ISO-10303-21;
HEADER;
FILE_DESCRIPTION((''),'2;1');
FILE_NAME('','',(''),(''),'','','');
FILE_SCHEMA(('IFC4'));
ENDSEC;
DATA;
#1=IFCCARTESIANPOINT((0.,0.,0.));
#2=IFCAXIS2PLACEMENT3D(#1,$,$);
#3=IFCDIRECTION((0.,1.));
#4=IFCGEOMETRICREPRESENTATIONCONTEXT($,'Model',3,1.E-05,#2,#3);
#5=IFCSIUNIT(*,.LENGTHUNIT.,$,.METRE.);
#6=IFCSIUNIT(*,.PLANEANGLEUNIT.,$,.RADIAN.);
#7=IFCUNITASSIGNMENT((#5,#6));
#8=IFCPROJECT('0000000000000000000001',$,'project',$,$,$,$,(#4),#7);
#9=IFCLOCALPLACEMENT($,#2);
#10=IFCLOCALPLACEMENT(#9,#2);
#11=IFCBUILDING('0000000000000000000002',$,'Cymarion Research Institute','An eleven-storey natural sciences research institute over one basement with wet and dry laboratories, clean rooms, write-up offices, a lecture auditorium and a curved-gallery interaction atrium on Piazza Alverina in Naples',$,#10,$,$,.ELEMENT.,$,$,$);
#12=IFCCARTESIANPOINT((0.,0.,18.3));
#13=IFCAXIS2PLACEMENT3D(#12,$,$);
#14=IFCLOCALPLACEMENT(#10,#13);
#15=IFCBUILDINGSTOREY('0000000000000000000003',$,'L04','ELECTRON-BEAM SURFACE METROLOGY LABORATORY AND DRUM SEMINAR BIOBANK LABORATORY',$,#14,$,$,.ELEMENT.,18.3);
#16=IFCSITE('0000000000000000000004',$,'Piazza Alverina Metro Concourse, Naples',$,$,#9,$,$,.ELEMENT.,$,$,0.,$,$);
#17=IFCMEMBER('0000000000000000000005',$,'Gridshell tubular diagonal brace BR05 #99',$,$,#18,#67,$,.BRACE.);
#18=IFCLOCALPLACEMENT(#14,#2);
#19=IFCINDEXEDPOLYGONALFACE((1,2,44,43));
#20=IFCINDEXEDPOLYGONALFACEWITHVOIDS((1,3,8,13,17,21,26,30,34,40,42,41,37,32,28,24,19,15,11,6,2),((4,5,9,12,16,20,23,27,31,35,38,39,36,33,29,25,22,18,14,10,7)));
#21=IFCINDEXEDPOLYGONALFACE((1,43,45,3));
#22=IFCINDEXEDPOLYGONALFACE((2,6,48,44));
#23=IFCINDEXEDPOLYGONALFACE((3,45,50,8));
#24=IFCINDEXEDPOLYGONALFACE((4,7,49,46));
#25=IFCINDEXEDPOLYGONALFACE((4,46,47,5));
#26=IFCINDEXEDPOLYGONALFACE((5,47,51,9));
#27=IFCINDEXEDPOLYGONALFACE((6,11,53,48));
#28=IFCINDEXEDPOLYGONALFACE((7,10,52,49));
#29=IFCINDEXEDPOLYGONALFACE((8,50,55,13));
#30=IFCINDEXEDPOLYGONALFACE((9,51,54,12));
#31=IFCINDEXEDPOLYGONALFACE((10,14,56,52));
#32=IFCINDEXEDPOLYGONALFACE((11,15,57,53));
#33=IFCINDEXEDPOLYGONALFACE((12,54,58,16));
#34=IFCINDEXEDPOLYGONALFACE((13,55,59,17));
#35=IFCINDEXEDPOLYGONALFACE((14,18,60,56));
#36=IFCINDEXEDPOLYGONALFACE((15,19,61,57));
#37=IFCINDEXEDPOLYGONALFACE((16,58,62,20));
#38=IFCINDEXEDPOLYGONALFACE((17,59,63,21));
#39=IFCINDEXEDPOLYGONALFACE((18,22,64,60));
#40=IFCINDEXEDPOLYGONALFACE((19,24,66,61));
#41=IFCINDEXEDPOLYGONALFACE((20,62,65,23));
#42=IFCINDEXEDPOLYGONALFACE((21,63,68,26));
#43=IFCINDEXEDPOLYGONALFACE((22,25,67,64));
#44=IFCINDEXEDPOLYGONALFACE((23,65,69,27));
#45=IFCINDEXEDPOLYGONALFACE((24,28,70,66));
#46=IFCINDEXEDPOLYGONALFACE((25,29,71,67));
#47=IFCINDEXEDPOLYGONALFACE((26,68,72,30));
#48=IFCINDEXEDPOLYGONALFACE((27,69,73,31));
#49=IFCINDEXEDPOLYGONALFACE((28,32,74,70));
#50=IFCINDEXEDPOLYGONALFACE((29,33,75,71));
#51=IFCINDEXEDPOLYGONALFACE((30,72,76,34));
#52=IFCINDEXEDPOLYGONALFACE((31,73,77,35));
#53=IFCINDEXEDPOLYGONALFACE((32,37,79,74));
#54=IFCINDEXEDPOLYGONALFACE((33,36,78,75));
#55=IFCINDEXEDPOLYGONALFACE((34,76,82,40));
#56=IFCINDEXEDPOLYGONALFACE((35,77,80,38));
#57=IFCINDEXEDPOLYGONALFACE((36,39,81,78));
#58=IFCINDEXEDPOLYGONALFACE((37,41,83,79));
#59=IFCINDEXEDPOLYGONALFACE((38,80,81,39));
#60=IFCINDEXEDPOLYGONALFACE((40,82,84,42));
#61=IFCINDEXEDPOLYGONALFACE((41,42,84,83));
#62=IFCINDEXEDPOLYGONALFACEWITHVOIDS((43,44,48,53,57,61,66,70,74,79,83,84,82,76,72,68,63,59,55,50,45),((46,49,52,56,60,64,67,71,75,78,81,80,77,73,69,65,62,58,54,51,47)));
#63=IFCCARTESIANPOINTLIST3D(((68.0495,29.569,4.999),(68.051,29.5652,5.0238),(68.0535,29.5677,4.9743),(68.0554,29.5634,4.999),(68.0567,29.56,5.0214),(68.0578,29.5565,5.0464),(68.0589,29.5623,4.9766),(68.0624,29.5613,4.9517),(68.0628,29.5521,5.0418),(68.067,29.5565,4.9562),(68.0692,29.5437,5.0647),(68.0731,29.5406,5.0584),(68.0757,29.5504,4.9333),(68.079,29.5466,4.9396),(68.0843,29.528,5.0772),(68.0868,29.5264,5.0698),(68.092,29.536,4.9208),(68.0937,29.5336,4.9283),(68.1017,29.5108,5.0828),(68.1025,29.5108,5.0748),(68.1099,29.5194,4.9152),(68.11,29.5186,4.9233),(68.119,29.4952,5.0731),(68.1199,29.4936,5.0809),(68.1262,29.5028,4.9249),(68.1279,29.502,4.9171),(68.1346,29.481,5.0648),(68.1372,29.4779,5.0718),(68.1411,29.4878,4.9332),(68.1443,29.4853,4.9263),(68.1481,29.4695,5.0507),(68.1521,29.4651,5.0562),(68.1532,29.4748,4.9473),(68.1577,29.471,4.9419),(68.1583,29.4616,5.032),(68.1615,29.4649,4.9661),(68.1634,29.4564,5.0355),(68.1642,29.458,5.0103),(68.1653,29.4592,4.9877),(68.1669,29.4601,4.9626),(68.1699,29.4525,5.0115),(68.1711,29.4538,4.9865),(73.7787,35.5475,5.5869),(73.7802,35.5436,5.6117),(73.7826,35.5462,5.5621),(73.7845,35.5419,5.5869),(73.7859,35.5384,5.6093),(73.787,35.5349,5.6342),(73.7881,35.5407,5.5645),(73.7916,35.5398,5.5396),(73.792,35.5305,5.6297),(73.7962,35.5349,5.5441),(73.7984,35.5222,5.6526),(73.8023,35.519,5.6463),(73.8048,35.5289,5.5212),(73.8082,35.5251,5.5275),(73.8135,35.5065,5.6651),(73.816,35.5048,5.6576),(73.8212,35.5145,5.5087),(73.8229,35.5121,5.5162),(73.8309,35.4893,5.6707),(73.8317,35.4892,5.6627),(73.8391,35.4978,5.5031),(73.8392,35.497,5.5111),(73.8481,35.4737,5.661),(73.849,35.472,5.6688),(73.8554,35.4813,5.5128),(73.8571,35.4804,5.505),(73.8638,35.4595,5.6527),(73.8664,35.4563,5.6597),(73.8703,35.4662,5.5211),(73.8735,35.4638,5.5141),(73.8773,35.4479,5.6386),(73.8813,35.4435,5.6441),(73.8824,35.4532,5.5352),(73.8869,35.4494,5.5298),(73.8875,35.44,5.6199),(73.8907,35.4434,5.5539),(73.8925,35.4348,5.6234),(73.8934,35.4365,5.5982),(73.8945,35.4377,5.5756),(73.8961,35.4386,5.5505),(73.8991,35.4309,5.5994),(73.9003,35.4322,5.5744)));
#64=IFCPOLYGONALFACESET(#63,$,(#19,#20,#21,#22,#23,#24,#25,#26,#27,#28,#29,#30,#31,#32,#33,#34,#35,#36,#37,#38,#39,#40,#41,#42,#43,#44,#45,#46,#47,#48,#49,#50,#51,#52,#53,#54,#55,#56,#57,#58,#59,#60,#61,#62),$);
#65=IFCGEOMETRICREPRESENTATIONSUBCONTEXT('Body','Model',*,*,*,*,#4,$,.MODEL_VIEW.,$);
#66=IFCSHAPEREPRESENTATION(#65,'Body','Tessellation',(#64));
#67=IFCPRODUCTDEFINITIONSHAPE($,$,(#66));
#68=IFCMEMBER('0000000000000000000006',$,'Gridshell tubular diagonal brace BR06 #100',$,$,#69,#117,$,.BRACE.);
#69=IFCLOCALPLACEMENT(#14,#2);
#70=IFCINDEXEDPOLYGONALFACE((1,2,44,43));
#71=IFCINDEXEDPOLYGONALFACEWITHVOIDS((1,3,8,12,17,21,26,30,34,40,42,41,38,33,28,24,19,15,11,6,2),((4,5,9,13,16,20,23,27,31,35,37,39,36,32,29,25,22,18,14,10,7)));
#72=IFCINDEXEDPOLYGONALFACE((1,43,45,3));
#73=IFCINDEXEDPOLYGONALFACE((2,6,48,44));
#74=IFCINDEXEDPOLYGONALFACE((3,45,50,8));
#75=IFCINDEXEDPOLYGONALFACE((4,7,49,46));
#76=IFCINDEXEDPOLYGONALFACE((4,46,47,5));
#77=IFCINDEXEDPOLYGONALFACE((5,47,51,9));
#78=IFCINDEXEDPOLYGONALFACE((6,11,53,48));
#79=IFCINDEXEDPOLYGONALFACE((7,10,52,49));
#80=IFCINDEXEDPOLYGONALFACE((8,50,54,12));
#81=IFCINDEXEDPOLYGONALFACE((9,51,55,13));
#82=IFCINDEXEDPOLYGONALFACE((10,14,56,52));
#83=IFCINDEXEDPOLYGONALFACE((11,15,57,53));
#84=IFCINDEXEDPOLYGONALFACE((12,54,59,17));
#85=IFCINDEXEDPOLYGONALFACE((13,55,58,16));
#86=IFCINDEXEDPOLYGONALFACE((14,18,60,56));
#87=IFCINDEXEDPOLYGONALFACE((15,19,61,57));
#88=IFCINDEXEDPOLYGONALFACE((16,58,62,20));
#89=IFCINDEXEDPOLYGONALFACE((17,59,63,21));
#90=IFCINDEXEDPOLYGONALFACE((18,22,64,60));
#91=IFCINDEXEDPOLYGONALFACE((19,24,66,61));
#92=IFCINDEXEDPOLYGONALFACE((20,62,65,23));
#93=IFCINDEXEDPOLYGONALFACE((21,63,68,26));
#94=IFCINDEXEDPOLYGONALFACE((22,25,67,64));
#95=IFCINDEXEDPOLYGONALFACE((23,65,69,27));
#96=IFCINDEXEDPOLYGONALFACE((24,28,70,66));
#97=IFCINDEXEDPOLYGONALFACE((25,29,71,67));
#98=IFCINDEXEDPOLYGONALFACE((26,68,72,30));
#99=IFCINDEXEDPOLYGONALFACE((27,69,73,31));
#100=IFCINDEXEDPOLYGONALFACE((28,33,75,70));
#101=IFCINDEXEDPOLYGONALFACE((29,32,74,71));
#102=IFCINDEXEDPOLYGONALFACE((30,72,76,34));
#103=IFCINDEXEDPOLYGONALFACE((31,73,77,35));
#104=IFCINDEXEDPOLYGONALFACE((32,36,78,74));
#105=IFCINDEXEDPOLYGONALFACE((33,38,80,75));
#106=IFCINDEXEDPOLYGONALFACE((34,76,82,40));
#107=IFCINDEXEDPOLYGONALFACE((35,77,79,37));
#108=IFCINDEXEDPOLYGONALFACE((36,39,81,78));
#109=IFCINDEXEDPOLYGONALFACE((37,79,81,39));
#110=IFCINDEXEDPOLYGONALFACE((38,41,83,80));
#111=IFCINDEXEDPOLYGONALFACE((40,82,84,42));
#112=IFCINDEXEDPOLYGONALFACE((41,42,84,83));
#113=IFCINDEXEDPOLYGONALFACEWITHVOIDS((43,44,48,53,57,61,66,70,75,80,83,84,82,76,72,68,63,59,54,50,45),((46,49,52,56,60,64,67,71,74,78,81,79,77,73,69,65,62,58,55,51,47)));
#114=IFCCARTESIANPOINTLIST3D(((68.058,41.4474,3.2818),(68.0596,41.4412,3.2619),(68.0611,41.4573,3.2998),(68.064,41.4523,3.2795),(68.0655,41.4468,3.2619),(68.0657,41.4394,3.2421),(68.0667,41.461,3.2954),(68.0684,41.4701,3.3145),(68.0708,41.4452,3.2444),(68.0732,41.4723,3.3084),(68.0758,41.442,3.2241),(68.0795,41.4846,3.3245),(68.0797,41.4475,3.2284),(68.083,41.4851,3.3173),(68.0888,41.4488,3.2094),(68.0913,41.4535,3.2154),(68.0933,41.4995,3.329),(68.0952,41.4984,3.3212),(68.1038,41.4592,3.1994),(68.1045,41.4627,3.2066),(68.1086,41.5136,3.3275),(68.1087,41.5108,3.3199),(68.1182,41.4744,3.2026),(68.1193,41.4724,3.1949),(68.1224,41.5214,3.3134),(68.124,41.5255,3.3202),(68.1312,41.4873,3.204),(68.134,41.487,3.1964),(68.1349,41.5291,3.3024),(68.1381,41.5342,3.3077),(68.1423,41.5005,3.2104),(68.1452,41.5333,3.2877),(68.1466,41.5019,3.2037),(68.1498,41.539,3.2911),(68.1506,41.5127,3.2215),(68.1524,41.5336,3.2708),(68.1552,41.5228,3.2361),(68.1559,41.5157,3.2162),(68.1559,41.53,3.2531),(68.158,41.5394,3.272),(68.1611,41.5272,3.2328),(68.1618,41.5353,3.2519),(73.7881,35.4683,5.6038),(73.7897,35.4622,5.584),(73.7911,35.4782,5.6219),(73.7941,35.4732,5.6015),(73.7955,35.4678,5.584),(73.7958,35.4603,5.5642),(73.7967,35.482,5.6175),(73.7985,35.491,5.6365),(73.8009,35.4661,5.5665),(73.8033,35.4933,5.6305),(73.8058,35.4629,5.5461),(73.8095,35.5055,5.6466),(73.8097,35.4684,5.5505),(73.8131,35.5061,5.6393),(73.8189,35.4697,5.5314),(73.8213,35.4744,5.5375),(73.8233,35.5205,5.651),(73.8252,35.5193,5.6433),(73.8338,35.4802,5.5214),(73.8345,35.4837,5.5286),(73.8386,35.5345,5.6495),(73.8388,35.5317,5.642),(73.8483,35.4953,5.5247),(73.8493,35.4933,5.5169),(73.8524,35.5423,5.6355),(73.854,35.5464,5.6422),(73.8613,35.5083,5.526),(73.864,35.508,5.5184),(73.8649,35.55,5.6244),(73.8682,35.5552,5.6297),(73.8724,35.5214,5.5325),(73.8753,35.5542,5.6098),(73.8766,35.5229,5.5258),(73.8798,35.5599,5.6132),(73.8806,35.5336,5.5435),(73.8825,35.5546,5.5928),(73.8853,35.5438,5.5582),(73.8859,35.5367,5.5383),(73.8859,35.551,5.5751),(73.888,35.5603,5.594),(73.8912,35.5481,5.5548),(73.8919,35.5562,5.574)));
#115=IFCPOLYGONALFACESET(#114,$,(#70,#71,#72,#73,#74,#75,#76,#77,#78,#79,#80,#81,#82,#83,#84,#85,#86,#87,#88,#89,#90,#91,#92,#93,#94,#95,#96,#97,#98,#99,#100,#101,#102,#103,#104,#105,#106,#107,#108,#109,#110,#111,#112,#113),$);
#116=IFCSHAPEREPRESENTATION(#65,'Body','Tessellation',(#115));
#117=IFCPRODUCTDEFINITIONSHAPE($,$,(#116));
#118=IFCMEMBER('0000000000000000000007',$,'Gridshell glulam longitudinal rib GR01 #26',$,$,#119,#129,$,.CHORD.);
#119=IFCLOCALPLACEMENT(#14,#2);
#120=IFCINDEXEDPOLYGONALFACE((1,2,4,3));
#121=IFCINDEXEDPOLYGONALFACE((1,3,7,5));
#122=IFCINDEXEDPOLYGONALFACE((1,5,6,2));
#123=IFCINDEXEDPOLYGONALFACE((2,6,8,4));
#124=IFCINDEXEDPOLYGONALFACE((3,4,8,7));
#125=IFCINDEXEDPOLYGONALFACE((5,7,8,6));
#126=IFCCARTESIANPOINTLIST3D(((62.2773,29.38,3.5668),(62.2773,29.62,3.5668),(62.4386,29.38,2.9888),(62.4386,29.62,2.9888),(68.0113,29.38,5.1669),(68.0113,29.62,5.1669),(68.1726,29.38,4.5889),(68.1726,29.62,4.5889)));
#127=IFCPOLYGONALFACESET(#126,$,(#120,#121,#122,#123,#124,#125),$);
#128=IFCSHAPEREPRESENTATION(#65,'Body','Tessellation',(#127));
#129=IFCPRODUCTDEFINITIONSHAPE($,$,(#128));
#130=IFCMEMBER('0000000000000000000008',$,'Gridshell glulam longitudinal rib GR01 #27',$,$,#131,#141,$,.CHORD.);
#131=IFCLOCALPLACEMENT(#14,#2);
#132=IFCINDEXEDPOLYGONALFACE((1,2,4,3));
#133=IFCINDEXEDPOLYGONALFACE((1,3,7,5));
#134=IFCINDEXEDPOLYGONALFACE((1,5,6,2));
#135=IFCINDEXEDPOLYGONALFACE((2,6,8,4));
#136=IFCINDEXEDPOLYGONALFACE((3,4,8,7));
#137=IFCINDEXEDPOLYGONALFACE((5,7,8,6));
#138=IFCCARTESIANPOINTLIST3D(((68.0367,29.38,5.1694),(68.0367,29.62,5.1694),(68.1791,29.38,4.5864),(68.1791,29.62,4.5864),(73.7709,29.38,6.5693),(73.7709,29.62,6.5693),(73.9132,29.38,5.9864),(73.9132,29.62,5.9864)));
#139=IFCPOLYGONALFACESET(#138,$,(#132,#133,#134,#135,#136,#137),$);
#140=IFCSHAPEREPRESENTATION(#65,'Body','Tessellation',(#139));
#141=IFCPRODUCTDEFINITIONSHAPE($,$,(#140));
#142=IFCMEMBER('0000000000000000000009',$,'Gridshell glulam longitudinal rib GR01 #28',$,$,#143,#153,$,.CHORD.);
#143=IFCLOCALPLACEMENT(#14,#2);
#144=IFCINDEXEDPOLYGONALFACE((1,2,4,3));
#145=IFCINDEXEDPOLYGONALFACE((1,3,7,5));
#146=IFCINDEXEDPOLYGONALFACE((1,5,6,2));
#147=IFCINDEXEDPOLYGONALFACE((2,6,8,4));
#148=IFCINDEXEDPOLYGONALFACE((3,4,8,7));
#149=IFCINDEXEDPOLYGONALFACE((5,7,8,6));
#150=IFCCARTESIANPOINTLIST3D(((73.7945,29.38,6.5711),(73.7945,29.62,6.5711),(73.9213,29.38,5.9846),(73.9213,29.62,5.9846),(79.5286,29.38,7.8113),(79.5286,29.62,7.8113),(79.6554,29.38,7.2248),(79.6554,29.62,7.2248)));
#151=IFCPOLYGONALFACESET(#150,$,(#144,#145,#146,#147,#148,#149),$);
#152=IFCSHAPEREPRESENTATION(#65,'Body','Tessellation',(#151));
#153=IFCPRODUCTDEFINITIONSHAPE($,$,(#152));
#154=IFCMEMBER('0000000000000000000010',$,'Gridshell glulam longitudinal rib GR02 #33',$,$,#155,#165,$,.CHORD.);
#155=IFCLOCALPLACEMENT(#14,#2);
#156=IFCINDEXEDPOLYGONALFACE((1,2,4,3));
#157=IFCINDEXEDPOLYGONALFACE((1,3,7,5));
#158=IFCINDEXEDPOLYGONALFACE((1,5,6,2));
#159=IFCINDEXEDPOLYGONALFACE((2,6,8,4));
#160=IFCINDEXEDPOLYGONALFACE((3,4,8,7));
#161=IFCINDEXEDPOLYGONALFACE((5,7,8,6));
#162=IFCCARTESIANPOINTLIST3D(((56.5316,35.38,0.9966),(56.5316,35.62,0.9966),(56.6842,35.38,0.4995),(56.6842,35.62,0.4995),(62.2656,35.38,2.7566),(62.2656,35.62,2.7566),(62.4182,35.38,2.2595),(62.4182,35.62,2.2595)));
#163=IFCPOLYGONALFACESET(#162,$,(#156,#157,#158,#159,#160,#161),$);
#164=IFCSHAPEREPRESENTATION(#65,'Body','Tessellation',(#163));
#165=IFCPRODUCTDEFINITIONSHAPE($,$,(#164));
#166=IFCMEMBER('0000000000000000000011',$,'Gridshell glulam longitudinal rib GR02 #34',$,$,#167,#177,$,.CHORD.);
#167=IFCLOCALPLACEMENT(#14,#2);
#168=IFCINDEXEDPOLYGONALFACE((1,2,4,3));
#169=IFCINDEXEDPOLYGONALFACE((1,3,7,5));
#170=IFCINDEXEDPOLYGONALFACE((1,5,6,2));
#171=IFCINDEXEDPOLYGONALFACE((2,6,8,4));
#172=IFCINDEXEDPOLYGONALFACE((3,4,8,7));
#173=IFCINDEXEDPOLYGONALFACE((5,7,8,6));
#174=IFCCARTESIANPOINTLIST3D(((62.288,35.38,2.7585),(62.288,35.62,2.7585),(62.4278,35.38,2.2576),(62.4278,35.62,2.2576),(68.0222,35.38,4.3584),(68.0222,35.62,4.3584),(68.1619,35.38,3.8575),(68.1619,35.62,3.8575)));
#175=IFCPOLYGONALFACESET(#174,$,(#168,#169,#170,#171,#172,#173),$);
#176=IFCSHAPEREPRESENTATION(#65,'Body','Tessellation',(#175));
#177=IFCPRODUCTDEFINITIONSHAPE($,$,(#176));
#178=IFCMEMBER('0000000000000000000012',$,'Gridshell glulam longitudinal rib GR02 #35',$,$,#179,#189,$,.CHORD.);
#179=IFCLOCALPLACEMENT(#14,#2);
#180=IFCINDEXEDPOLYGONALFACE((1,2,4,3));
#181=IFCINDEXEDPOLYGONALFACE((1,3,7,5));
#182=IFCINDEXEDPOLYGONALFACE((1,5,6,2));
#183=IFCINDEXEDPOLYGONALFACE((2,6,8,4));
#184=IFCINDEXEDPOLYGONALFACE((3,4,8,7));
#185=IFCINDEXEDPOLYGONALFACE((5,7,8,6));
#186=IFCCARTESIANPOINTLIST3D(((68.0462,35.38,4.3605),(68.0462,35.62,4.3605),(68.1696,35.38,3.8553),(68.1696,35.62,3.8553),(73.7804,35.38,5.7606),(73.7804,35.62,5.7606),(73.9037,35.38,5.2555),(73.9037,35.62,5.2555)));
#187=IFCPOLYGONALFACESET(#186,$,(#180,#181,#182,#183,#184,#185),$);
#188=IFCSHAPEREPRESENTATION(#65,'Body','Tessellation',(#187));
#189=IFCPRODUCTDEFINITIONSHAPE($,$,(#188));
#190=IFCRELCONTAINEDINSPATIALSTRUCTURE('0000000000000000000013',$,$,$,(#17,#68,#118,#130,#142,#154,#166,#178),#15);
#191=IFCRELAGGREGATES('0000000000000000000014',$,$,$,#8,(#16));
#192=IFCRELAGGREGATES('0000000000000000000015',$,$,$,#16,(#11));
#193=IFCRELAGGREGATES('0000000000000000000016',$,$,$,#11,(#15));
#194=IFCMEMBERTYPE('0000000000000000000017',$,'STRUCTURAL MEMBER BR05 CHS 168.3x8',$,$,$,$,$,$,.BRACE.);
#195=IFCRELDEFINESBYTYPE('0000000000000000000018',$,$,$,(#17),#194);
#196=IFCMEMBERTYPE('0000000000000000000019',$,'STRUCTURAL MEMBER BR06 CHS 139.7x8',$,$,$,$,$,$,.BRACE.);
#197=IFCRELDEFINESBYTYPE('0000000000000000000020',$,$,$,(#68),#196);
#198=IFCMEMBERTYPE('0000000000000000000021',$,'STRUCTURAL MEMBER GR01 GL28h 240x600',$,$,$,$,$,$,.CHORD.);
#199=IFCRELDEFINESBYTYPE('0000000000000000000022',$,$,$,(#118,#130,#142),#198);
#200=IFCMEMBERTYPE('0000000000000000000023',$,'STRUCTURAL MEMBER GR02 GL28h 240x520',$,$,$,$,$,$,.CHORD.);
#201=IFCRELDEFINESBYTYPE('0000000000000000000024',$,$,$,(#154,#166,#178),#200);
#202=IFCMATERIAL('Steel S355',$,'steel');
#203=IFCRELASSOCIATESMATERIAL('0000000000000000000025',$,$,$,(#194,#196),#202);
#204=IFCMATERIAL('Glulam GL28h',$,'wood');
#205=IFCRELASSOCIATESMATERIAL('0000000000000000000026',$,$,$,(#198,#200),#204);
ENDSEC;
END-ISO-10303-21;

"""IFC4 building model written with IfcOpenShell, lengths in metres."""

from ifc_helpers import new_model, si_unit, direction, frame, origin, origin_2d, place, context, subcontext, project, spatial, rectangle, hollow_circle, extrude, material, material_profile, profile_set, type_object, element, save


model = new_model("IFC4")

# Units and contexts
model_context = context("Model", 3, precision=1e-05, world=origin(), true_north=direction((0.0, 1.0)))
body_context = subcontext(model_context, "Body", "Model", "MODEL_VIEW")
ifc_project = project(units=[si_unit("LENGTHUNIT", "METRE"), si_unit("PLANEANGLEUNIT", "RADIAN")], contexts=[model_context])

# Site, building, storey
site_placement = place(None, origin())
site = spatial("IfcSite", under=ifc_project, at=site_placement, Name="Piazza Alverina Metro Concourse, Naples", CompositionType="ELEMENT", RefElevation=0.0)
building_placement = place(site_placement, origin())
building = spatial("IfcBuilding", under=site, at=building_placement, Name="Cymarion Research Institute", Description="An eleven-storey natural sciences research institute over one basement with wet and dry laboratories, clean rooms, write-up offices, a lecture auditorium and a curved-gallery interaction atrium on Piazza Alverina in Naples", CompositionType="ELEMENT")
storey_placement = place(building_placement, frame((0.0, 0.0, 18.3)))
storey = spatial("IfcBuildingStorey", under=building, at=storey_placement, Name="L04", Description="ELECTRON-BEAM SURFACE METROLOGY LABORATORY AND DRUM SEMINAR BIOBANK LABORATORY", CompositionType="ELEMENT", Elevation=18.3)

# Shared definitions
ifc_material_1 = material(Name="Steel S355", Category="steel")

# Members
ifc_material_profile_1 = material_profile(ifc_material_1, hollow_circle(Radius=0.0842, WallThickness=0.0081, at=origin_2d()), Name="CHS 168.3x8")
ifc_profile_set_1 = profile_set([ifc_material_profile_1], Name="Steel S355")
member_type_1 = type_object("IfcMemberType", Name="STRUCTURAL MEMBER BR05 CHS 168.3x8", PredefinedType="BRACE", material=ifc_profile_set_1)
member_1_placement = place(storey_placement, frame((68.1104, 29.5107, 4.999), z_axis=(0.690158, 0.720185, 0.070819), x_axis=(-0.721998, 0.691895, 0.0)))
element("IfcMember", 1, at=member_1_placement, inside=storey, type_object=member_type_1, Name="Gridshell tubular diagonal brace BR05 #99", PredefinedType="BRACE", context=body_context, shape_type="SweptSolid", body=[
    extrude(hollow_circle(Radius=0.0842, WallThickness=0.0081, at=origin_2d()), origin(), (0.0, 0.0, 1.0), 8.3013),
])
ifc_material_profile_2 = material_profile(ifc_material_1, hollow_circle(Radius=0.0698, WallThickness=0.0081, at=origin_2d()), Name="CHS 139.7x8")
ifc_profile_set_2 = profile_set([ifc_material_profile_2], Name="Steel S355")
member_type_2 = type_object("IfcMemberType", Name="STRUCTURAL MEMBER BR06 CHS 139.7x8", PredefinedType="BRACE", material=ifc_profile_set_2)
member_2_placement = place(storey_placement, frame((73.8401, 35.5105, 5.584), z_axis=(-0.666218, 0.695172, -0.269979), x_axis=(-0.721982, -0.691912, 0.0)))
element("IfcMember", 2, at=member_2_placement, inside=storey, type_object=member_type_2, Name="Gridshell tubular diagonal brace BR06 #100", PredefinedType="BRACE", context=body_context, shape_type="SweptSolid", body=[
    extrude(hollow_circle(Radius=0.0698, WallThickness=0.0081, at=origin_2d()), origin(), (0.0, 0.0, 1.0), 8.6008),
])
ifc_material_2 = material(Name="Glulam GL28h", Category="wood")
ifc_material_profile_3 = material_profile(ifc_material_2, rectangle(XDim=0.24, YDim=0.6001, at=origin_2d()), Name="GL28h 240x600")
ifc_profile_set_3 = profile_set([ifc_material_profile_3], Name="Glulam GL28h")
member_type_3 = type_object("IfcMemberType", Name="STRUCTURAL MEMBER GR01 GL28h 240x600", PredefinedType="CHORD", material=ifc_profile_set_3)
member_3_placement = place(storey_placement, frame((62.3579, 29.5, 3.2778), z_axis=(0.963202, 0.0, 0.26878), x_axis=(0.0, 1.0, 0.0)))
element("IfcMember", 3, at=member_3_placement, inside=storey, type_object=member_type_3, Name="Gridshell glulam longitudinal rib GR01 #26", PredefinedType="CHORD", context=body_context, shape_type="SweptSolid", body=[
    extrude(rectangle(XDim=0.24, YDim=0.6001, at=origin_2d()), origin(), (0.0, 0.0, 1.0), 5.9531),
])
member_4_placement = place(storey_placement, frame((68.1079, 29.5, 4.8779), z_axis=(0.971468, 0.0, 0.237169), x_axis=(0.0, 1.0, 0.0)))
element("IfcMember", 4, at=member_4_placement, inside=storey, type_object=member_type_3, Name="Gridshell glulam longitudinal rib GR01 #27", PredefinedType="CHORD", context=body_context, shape_type="SweptSolid", body=[
    extrude(rectangle(XDim=0.24, YDim=0.6001, at=origin_2d()), origin(), (0.0, 0.0, 1.0), 5.9026),
])
member_5_placement = place(storey_placement, frame((73.8579, 29.5, 6.2778), z_axis=(0.977399, 0.0, 0.211402), x_axis=(0.0, 1.0, 0.0)))
element("IfcMember", 5, at=member_5_placement, inside=storey, type_object=member_type_3, Name="Gridshell glulam longitudinal rib GR01 #28", PredefinedType="CHORD", context=body_context, shape_type="SweptSolid", body=[
    extrude(rectangle(XDim=0.24, YDim=0.6001, at=origin_2d()), origin(), (0.0, 0.0, 1.0), 5.8667),
])
ifc_material_profile_4 = material_profile(ifc_material_2, rectangle(XDim=0.24, YDim=0.52, at=origin_2d()), Name="GL28h 240x520")
ifc_profile_set_4 = profile_set([ifc_material_profile_4], Name="Glulam GL28h")
member_type_4 = type_object("IfcMemberType", Name="STRUCTURAL MEMBER GR02 GL28h 240x520", PredefinedType="CHORD", material=ifc_profile_set_4)
member_6_placement = place(storey_placement, frame((56.6079, 35.5, 0.748), z_axis=(0.955982, 0.0, 0.293425), x_axis=(0.0, 1.0, 0.0)))
element("IfcMember", 6, at=member_6_placement, inside=storey, type_object=member_type_4, Name="Gridshell glulam longitudinal rib GR02 #33", PredefinedType="CHORD", context=body_context, shape_type="SweptSolid", body=[
    extrude(rectangle(XDim=0.24, YDim=0.52, at=origin_2d()), origin(), (0.0, 0.0, 1.0), 5.998),
])
member_7_placement = place(storey_placement, frame((62.3579, 35.5, 2.5081), z_axis=(0.963212, 0.0, 0.268741), x_axis=(0.0, 1.0, 0.0)))
element("IfcMember", 7, at=member_7_placement, inside=storey, type_object=member_type_4, Name="Gridshell glulam longitudinal rib GR02 #34", PredefinedType="CHORD", context=body_context, shape_type="SweptSolid", body=[
    extrude(rectangle(XDim=0.24, YDim=0.52, at=origin_2d()), origin(), (0.0, 0.0, 1.0), 5.9531),
])
member_8_placement = place(storey_placement, frame((68.1079, 35.5, 4.1079), z_axis=(0.971459, 0.0, 0.237208), x_axis=(0.0, 1.0, 0.0)))
element("IfcMember", 8, at=member_8_placement, inside=storey, type_object=member_type_4, Name="Gridshell glulam longitudinal rib GR02 #35", PredefinedType="CHORD", context=body_context, shape_type="SweptSolid", body=[
    extrude(rectangle(XDim=0.24, YDim=0.52, at=origin_2d()), origin(), (0.0, 0.0, 1.0), 5.9026),
])

save(model, "model.ifc")
